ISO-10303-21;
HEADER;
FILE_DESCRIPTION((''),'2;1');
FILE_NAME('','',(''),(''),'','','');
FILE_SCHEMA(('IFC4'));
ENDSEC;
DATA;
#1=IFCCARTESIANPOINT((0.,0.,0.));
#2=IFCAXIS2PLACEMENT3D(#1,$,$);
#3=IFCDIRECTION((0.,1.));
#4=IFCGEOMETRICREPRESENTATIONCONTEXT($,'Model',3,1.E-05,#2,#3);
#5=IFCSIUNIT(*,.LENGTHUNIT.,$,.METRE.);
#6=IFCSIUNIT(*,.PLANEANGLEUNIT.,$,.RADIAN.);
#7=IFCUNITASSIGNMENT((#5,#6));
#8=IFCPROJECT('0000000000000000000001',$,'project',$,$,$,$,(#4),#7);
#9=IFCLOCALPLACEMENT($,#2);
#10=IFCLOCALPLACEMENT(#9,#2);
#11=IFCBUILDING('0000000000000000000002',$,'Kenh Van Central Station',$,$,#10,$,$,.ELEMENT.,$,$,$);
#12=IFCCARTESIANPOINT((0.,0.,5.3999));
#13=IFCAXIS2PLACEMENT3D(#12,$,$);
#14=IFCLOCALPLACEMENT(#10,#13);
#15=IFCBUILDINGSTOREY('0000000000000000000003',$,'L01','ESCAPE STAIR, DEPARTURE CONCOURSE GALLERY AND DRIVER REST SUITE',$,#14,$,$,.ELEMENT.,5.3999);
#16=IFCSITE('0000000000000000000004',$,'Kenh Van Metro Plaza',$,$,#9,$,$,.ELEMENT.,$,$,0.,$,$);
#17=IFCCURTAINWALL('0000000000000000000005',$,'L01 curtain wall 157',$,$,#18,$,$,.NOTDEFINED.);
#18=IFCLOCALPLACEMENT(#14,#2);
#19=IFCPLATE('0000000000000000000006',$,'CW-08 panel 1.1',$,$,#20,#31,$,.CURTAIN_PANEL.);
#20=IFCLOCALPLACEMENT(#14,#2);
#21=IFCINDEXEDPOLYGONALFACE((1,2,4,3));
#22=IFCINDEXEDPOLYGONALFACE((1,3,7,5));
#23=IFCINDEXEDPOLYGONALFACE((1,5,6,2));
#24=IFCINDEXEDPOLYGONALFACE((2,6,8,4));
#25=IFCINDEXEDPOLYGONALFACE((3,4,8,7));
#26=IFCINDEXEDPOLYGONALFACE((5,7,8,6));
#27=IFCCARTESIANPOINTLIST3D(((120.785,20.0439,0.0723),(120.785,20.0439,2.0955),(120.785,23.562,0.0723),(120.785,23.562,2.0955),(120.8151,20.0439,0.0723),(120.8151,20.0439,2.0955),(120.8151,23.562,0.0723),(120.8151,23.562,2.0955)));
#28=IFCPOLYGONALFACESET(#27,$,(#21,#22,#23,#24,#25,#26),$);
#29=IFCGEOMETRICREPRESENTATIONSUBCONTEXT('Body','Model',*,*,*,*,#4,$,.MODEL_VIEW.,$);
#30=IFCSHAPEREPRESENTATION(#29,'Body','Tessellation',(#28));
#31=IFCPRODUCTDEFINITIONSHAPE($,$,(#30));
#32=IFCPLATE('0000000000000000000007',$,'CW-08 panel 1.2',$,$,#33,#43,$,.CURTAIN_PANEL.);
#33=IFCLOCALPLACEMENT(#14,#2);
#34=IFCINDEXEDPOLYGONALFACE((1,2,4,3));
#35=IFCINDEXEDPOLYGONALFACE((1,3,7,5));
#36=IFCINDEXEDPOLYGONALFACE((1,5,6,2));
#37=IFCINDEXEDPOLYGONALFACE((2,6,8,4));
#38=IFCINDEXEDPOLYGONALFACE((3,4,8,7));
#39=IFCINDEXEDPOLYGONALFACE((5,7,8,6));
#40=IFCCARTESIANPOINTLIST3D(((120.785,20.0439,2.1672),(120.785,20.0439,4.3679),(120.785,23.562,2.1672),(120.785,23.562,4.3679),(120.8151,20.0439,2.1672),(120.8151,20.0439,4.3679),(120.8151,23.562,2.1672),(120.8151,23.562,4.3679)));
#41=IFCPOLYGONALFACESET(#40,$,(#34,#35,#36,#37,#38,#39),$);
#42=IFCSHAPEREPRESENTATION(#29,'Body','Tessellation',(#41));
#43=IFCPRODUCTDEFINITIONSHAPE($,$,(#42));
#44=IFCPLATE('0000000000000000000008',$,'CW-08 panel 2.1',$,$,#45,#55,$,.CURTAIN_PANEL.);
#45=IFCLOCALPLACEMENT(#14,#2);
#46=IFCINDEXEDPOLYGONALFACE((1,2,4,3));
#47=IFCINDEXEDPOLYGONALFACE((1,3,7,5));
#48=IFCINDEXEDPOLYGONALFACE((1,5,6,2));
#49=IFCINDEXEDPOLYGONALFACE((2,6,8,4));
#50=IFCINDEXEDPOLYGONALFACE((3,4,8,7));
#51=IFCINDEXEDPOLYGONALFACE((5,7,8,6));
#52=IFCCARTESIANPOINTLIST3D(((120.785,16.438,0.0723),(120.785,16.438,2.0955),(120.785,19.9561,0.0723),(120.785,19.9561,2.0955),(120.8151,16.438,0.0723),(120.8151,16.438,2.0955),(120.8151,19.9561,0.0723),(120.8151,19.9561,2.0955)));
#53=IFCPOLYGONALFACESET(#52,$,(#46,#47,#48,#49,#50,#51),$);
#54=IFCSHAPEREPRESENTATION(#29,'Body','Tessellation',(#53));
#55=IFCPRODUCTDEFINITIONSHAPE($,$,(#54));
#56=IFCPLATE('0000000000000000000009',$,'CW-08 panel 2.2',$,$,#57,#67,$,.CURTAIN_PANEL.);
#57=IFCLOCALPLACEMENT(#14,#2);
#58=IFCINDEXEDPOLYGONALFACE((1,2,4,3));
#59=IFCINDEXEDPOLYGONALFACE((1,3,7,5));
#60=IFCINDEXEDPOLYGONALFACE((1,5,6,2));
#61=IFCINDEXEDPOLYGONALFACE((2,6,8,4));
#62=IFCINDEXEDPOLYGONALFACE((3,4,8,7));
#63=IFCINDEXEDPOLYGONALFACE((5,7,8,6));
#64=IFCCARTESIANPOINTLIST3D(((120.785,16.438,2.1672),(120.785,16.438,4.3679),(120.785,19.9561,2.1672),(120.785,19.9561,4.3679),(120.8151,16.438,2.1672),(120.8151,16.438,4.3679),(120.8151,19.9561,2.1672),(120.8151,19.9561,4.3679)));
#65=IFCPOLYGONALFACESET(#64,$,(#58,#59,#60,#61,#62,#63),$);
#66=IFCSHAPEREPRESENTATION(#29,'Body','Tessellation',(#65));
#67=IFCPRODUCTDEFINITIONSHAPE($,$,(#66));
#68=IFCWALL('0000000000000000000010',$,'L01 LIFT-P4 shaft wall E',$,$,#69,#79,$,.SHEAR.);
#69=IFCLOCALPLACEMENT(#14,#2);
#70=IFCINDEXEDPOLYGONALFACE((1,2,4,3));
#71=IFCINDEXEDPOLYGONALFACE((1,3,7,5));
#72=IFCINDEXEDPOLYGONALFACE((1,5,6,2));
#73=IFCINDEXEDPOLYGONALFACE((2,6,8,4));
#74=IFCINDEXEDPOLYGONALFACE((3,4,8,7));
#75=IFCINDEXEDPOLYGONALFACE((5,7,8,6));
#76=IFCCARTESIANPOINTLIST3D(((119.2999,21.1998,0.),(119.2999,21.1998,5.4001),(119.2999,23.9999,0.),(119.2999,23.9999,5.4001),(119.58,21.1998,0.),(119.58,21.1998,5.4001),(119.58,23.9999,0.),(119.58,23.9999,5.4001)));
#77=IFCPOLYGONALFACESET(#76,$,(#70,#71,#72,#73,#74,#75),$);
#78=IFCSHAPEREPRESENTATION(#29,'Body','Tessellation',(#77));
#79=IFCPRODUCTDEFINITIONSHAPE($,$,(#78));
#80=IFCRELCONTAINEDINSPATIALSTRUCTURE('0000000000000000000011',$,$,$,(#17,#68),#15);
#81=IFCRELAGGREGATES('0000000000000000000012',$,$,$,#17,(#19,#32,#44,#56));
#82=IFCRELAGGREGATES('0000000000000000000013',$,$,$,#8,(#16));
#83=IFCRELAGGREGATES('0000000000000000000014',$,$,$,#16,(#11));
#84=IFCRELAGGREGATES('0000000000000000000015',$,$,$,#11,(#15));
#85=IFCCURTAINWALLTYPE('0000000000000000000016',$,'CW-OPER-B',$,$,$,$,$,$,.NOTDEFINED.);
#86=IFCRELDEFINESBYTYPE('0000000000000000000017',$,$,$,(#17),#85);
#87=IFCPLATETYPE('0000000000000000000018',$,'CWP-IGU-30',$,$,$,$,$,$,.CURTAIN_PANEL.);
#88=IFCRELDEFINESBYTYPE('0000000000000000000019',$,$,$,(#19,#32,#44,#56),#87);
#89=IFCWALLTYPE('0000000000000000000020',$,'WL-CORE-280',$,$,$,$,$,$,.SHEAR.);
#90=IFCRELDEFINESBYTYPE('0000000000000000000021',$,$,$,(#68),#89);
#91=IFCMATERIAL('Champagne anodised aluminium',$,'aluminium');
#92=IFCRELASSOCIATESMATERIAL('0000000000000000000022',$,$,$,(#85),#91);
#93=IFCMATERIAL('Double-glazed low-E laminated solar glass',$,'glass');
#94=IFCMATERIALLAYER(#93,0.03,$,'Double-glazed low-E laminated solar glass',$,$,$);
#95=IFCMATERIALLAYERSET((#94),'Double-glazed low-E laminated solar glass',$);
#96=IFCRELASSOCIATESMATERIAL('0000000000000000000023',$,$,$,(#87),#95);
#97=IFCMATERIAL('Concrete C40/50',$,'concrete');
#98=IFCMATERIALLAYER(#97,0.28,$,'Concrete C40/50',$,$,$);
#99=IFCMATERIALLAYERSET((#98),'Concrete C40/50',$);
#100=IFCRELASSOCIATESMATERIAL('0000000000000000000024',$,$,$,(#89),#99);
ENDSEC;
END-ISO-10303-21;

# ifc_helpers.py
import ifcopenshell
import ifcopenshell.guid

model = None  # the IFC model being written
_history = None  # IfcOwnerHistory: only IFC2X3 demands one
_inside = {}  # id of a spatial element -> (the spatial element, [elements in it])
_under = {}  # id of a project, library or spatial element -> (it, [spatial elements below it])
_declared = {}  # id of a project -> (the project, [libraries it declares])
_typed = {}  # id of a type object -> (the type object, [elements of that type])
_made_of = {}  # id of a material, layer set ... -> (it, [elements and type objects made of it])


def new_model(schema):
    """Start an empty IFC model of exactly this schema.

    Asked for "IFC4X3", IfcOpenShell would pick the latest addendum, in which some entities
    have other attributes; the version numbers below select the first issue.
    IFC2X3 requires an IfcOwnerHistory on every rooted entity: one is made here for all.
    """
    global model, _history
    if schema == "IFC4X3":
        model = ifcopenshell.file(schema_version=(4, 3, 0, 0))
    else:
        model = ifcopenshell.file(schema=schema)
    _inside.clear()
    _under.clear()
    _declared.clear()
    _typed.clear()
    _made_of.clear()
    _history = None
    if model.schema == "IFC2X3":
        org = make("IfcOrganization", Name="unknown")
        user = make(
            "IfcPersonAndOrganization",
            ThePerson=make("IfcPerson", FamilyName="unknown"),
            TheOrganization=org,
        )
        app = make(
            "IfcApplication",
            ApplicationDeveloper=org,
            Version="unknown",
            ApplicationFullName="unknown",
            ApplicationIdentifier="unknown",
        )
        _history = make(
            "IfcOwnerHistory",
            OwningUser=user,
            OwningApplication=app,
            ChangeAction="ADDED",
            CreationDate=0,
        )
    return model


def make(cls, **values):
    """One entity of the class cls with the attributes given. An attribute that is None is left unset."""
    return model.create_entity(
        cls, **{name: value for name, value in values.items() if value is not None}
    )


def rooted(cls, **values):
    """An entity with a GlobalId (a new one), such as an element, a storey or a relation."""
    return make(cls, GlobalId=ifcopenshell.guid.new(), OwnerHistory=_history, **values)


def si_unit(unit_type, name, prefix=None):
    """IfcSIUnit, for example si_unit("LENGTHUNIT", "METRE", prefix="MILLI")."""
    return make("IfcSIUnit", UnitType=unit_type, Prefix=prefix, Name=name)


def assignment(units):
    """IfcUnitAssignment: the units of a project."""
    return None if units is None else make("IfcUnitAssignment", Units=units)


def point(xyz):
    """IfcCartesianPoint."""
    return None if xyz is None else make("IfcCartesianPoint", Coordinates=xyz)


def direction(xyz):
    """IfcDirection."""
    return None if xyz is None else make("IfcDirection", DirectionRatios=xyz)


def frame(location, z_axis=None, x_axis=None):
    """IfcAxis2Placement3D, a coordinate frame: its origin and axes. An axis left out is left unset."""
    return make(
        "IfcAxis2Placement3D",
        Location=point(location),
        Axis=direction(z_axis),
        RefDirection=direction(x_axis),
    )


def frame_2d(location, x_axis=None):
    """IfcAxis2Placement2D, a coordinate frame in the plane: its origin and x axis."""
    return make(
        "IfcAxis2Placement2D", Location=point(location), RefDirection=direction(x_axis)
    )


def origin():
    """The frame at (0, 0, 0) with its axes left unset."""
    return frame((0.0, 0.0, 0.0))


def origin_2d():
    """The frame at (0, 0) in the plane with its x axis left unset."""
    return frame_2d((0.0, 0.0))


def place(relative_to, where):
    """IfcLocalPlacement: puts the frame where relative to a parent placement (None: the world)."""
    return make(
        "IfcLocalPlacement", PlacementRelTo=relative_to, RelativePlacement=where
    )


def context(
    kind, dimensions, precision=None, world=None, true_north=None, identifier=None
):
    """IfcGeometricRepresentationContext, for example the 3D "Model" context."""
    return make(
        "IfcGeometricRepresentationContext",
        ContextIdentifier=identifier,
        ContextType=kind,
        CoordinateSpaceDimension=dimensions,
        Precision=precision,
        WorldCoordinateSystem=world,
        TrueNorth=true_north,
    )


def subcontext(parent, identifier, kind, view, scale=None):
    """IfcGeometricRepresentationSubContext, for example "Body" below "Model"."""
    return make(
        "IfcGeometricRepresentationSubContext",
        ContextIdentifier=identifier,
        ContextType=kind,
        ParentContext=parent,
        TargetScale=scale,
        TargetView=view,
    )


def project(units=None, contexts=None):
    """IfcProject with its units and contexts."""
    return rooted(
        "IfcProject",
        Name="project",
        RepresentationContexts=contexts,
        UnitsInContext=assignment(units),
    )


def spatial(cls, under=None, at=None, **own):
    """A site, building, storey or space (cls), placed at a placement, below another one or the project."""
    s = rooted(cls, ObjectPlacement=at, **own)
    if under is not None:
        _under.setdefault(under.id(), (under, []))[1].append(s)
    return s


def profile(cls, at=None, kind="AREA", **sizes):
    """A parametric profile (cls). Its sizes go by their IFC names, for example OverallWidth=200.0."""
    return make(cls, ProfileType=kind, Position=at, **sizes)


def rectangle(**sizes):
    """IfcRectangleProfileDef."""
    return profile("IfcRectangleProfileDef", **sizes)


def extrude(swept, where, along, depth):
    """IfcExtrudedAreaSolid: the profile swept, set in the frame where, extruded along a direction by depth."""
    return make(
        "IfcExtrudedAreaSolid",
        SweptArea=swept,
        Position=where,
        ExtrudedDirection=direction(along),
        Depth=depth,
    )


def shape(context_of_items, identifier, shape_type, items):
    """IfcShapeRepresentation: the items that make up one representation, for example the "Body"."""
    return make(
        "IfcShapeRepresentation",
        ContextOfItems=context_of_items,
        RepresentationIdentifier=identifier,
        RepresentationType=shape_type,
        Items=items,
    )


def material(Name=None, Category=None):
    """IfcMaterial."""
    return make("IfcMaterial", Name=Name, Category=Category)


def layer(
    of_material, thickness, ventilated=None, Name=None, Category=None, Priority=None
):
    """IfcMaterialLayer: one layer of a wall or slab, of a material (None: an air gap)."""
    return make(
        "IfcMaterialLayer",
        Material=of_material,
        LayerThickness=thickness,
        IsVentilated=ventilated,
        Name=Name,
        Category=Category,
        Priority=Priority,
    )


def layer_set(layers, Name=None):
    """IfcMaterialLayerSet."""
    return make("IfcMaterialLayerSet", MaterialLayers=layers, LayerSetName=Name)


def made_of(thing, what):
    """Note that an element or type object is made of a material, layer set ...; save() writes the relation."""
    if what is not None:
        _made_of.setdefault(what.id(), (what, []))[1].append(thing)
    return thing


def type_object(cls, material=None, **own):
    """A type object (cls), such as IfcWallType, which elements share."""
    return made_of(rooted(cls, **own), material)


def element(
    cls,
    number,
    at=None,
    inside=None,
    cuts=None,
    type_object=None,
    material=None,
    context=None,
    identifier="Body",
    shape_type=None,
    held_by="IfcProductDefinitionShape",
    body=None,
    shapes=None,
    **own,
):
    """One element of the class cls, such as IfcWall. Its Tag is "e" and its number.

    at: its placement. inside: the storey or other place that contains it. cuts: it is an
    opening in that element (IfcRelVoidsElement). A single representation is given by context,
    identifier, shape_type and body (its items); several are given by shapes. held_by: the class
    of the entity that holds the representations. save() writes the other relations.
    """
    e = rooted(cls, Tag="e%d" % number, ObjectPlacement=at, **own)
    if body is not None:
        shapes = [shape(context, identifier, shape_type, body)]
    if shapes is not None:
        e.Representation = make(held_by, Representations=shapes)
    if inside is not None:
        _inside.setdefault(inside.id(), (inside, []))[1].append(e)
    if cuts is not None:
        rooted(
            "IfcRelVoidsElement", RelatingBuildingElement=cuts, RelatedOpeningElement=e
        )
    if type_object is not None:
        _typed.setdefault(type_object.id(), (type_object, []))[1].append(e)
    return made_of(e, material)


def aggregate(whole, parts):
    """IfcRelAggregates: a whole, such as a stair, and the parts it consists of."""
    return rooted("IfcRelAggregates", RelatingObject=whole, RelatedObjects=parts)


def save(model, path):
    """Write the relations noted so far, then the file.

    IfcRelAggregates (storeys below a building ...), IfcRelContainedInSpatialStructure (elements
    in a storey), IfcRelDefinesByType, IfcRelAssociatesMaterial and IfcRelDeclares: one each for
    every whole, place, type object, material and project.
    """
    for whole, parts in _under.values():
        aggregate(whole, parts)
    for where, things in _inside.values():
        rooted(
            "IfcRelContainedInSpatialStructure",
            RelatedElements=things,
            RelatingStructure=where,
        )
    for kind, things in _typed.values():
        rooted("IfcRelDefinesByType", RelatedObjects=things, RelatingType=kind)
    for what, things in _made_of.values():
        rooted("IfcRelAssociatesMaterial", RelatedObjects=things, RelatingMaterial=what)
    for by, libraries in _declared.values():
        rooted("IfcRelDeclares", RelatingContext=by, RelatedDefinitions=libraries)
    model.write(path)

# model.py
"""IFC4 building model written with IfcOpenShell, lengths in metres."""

from ifc_helpers import new_model, si_unit, direction, frame, frame_2d, origin, origin_2d, place, context, subcontext, project, spatial, rectangle, extrude, material, layer, layer_set, type_object, element, aggregate, save


model = new_model("IFC4")

# Units and contexts
model_context = context("Model", 3, precision=1e-05, world=origin(), true_north=direction((0.0, 1.0)))
body_context = subcontext(model_context, "Body", "Model", "MODEL_VIEW")
ifc_project = project(units=[si_unit("LENGTHUNIT", "METRE"), si_unit("PLANEANGLEUNIT", "RADIAN")], contexts=[model_context])

# Site, building, storey
site_placement = place(None, origin())
site = spatial("IfcSite", under=ifc_project, at=site_placement, Name="Kenh Van Metro Plaza", CompositionType="ELEMENT", RefElevation=0.0)
building_placement = place(site_placement, origin())
building = spatial("IfcBuilding", under=site, at=building_placement, Name="Kenh Van Central Station", CompositionType="ELEMENT")
storey_placement = place(building_placement, frame((0.0, 0.0, 5.3999)))
storey = spatial("IfcBuildingStorey", under=building, at=storey_placement, Name="L01", Description="ESCAPE STAIR, DEPARTURE CONCOURSE GALLERY AND DRIVER REST SUITE", CompositionType="ELEMENT", Elevation=5.3999)

# Shared definitions
ifc_material_1 = material(Name="Concrete C40/50", Category="concrete")

# Curtain wall
ifc_material_2 = material(Name="Champagne anodised aluminium", Category="aluminium")
curtain_wall_type_1 = type_object("IfcCurtainWallType", Name="CW-OPER-B", PredefinedType="NOTDEFINED", material=ifc_material_2)
curtain_wall_1_placement = place(storey_placement, origin())
curtain_wall_1 = element("IfcCurtainWall", 1, at=curtain_wall_1_placement, inside=storey, type_object=curtain_wall_type_1, Name="L01 curtain wall 157", PredefinedType="NOTDEFINED")

# Plates
ifc_material_3 = material(Name="Double-glazed low-E laminated solar glass", Category="glass")
ifc_layer_1 = layer(ifc_material_3, 0.03, Name="Double-glazed low-E laminated solar glass")
ifc_layer_set_1 = layer_set([ifc_layer_1], Name="Double-glazed low-E laminated solar glass")
plate_type_1 = type_object("IfcPlateType", Name="CWP-IGU-30", PredefinedType="CURTAIN_PANEL", material=ifc_layer_set_1)
plate_1_placement = place(storey_placement, frame((120.8, 21.803, 0.0723), z_axis=(0.0, 0.0, 1.0), x_axis=(0.0, -1.0, 0.0)))
plate_1 = element("IfcPlate", 2, at=plate_1_placement, type_object=plate_type_1, Name="CW-08 panel 1.1", PredefinedType="CURTAIN_PANEL", context=body_context, shape_type="SweptSolid", body=[
    extrude(rectangle(XDim=3.5181, YDim=0.03, at=origin_2d()), origin(), (0.0, 0.0, 1.0), 2.0232),
])
plate_2_placement = place(storey_placement, frame((120.8, 21.803, 2.1672), z_axis=(0.0, 0.0, 1.0), x_axis=(0.0, -1.0, 0.0)))
plate_2 = element("IfcPlate", 3, at=plate_2_placement, type_object=plate_type_1, Name="CW-08 panel 1.2", PredefinedType="CURTAIN_PANEL", context=body_context, shape_type="SweptSolid", body=[
    extrude(rectangle(XDim=3.5181, YDim=0.03, at=origin_2d()), origin(), (0.0, 0.0, 1.0), 2.2007),
])
plate_3_placement = place(storey_placement, frame((120.8, 18.197, 0.0723), z_axis=(0.0, 0.0, 1.0), x_axis=(0.0, -1.0, 0.0)))
plate_3 = element("IfcPlate", 4, at=plate_3_placement, type_object=plate_type_1, Name="CW-08 panel 2.1", PredefinedType="CURTAIN_PANEL", context=body_context, shape_type="SweptSolid", body=[
    extrude(rectangle(XDim=3.5181, YDim=0.03, at=origin_2d()), origin(), (0.0, 0.0, 1.0), 2.0232),
])
plate_4_placement = place(storey_placement, frame((120.8, 18.197, 2.1672), z_axis=(0.0, 0.0, 1.0), x_axis=(0.0, -1.0, 0.0)))
plate_4 = element("IfcPlate", 5, at=plate_4_placement, type_object=plate_type_1, Name="CW-08 panel 2.2", PredefinedType="CURTAIN_PANEL", context=body_context, shape_type="SweptSolid", body=[
    extrude(rectangle(XDim=3.5181, YDim=0.03, at=origin_2d()), origin(), (0.0, 0.0, 1.0), 2.2007),
])
aggregate(curtain_wall_1, [plate_1, plate_2, plate_3, plate_4])

# Wall
ifc_layer_2 = layer(ifc_material_1, 0.28, Name="Concrete C40/50")
ifc_layer_set_2 = layer_set([ifc_layer_2], Name="Concrete C40/50")
wall_type_1 = type_object("IfcWallType", Name="WL-CORE-280", PredefinedType="SHEAR", material=ifc_layer_set_2)
wall_1_placement = place(storey_placement, frame((119.4399, 21.2, 0.0), z_axis=(0.0, 0.0, 1.0), x_axis=(0.0, 1.0, 0.0)))
element("IfcWall", 6, at=wall_1_placement, inside=storey, type_object=wall_type_1, Name="L01 LIFT-P4 shaft wall E", PredefinedType="SHEAR", context=body_context, shape_type="SweptSolid", body=[
    extrude(rectangle(XDim=2.8, YDim=0.28, at=frame_2d((1.3999, 0.0))), origin(), (0.0, 0.0, 1.0), 5.4001),
])

save(model, "model.ifc")
